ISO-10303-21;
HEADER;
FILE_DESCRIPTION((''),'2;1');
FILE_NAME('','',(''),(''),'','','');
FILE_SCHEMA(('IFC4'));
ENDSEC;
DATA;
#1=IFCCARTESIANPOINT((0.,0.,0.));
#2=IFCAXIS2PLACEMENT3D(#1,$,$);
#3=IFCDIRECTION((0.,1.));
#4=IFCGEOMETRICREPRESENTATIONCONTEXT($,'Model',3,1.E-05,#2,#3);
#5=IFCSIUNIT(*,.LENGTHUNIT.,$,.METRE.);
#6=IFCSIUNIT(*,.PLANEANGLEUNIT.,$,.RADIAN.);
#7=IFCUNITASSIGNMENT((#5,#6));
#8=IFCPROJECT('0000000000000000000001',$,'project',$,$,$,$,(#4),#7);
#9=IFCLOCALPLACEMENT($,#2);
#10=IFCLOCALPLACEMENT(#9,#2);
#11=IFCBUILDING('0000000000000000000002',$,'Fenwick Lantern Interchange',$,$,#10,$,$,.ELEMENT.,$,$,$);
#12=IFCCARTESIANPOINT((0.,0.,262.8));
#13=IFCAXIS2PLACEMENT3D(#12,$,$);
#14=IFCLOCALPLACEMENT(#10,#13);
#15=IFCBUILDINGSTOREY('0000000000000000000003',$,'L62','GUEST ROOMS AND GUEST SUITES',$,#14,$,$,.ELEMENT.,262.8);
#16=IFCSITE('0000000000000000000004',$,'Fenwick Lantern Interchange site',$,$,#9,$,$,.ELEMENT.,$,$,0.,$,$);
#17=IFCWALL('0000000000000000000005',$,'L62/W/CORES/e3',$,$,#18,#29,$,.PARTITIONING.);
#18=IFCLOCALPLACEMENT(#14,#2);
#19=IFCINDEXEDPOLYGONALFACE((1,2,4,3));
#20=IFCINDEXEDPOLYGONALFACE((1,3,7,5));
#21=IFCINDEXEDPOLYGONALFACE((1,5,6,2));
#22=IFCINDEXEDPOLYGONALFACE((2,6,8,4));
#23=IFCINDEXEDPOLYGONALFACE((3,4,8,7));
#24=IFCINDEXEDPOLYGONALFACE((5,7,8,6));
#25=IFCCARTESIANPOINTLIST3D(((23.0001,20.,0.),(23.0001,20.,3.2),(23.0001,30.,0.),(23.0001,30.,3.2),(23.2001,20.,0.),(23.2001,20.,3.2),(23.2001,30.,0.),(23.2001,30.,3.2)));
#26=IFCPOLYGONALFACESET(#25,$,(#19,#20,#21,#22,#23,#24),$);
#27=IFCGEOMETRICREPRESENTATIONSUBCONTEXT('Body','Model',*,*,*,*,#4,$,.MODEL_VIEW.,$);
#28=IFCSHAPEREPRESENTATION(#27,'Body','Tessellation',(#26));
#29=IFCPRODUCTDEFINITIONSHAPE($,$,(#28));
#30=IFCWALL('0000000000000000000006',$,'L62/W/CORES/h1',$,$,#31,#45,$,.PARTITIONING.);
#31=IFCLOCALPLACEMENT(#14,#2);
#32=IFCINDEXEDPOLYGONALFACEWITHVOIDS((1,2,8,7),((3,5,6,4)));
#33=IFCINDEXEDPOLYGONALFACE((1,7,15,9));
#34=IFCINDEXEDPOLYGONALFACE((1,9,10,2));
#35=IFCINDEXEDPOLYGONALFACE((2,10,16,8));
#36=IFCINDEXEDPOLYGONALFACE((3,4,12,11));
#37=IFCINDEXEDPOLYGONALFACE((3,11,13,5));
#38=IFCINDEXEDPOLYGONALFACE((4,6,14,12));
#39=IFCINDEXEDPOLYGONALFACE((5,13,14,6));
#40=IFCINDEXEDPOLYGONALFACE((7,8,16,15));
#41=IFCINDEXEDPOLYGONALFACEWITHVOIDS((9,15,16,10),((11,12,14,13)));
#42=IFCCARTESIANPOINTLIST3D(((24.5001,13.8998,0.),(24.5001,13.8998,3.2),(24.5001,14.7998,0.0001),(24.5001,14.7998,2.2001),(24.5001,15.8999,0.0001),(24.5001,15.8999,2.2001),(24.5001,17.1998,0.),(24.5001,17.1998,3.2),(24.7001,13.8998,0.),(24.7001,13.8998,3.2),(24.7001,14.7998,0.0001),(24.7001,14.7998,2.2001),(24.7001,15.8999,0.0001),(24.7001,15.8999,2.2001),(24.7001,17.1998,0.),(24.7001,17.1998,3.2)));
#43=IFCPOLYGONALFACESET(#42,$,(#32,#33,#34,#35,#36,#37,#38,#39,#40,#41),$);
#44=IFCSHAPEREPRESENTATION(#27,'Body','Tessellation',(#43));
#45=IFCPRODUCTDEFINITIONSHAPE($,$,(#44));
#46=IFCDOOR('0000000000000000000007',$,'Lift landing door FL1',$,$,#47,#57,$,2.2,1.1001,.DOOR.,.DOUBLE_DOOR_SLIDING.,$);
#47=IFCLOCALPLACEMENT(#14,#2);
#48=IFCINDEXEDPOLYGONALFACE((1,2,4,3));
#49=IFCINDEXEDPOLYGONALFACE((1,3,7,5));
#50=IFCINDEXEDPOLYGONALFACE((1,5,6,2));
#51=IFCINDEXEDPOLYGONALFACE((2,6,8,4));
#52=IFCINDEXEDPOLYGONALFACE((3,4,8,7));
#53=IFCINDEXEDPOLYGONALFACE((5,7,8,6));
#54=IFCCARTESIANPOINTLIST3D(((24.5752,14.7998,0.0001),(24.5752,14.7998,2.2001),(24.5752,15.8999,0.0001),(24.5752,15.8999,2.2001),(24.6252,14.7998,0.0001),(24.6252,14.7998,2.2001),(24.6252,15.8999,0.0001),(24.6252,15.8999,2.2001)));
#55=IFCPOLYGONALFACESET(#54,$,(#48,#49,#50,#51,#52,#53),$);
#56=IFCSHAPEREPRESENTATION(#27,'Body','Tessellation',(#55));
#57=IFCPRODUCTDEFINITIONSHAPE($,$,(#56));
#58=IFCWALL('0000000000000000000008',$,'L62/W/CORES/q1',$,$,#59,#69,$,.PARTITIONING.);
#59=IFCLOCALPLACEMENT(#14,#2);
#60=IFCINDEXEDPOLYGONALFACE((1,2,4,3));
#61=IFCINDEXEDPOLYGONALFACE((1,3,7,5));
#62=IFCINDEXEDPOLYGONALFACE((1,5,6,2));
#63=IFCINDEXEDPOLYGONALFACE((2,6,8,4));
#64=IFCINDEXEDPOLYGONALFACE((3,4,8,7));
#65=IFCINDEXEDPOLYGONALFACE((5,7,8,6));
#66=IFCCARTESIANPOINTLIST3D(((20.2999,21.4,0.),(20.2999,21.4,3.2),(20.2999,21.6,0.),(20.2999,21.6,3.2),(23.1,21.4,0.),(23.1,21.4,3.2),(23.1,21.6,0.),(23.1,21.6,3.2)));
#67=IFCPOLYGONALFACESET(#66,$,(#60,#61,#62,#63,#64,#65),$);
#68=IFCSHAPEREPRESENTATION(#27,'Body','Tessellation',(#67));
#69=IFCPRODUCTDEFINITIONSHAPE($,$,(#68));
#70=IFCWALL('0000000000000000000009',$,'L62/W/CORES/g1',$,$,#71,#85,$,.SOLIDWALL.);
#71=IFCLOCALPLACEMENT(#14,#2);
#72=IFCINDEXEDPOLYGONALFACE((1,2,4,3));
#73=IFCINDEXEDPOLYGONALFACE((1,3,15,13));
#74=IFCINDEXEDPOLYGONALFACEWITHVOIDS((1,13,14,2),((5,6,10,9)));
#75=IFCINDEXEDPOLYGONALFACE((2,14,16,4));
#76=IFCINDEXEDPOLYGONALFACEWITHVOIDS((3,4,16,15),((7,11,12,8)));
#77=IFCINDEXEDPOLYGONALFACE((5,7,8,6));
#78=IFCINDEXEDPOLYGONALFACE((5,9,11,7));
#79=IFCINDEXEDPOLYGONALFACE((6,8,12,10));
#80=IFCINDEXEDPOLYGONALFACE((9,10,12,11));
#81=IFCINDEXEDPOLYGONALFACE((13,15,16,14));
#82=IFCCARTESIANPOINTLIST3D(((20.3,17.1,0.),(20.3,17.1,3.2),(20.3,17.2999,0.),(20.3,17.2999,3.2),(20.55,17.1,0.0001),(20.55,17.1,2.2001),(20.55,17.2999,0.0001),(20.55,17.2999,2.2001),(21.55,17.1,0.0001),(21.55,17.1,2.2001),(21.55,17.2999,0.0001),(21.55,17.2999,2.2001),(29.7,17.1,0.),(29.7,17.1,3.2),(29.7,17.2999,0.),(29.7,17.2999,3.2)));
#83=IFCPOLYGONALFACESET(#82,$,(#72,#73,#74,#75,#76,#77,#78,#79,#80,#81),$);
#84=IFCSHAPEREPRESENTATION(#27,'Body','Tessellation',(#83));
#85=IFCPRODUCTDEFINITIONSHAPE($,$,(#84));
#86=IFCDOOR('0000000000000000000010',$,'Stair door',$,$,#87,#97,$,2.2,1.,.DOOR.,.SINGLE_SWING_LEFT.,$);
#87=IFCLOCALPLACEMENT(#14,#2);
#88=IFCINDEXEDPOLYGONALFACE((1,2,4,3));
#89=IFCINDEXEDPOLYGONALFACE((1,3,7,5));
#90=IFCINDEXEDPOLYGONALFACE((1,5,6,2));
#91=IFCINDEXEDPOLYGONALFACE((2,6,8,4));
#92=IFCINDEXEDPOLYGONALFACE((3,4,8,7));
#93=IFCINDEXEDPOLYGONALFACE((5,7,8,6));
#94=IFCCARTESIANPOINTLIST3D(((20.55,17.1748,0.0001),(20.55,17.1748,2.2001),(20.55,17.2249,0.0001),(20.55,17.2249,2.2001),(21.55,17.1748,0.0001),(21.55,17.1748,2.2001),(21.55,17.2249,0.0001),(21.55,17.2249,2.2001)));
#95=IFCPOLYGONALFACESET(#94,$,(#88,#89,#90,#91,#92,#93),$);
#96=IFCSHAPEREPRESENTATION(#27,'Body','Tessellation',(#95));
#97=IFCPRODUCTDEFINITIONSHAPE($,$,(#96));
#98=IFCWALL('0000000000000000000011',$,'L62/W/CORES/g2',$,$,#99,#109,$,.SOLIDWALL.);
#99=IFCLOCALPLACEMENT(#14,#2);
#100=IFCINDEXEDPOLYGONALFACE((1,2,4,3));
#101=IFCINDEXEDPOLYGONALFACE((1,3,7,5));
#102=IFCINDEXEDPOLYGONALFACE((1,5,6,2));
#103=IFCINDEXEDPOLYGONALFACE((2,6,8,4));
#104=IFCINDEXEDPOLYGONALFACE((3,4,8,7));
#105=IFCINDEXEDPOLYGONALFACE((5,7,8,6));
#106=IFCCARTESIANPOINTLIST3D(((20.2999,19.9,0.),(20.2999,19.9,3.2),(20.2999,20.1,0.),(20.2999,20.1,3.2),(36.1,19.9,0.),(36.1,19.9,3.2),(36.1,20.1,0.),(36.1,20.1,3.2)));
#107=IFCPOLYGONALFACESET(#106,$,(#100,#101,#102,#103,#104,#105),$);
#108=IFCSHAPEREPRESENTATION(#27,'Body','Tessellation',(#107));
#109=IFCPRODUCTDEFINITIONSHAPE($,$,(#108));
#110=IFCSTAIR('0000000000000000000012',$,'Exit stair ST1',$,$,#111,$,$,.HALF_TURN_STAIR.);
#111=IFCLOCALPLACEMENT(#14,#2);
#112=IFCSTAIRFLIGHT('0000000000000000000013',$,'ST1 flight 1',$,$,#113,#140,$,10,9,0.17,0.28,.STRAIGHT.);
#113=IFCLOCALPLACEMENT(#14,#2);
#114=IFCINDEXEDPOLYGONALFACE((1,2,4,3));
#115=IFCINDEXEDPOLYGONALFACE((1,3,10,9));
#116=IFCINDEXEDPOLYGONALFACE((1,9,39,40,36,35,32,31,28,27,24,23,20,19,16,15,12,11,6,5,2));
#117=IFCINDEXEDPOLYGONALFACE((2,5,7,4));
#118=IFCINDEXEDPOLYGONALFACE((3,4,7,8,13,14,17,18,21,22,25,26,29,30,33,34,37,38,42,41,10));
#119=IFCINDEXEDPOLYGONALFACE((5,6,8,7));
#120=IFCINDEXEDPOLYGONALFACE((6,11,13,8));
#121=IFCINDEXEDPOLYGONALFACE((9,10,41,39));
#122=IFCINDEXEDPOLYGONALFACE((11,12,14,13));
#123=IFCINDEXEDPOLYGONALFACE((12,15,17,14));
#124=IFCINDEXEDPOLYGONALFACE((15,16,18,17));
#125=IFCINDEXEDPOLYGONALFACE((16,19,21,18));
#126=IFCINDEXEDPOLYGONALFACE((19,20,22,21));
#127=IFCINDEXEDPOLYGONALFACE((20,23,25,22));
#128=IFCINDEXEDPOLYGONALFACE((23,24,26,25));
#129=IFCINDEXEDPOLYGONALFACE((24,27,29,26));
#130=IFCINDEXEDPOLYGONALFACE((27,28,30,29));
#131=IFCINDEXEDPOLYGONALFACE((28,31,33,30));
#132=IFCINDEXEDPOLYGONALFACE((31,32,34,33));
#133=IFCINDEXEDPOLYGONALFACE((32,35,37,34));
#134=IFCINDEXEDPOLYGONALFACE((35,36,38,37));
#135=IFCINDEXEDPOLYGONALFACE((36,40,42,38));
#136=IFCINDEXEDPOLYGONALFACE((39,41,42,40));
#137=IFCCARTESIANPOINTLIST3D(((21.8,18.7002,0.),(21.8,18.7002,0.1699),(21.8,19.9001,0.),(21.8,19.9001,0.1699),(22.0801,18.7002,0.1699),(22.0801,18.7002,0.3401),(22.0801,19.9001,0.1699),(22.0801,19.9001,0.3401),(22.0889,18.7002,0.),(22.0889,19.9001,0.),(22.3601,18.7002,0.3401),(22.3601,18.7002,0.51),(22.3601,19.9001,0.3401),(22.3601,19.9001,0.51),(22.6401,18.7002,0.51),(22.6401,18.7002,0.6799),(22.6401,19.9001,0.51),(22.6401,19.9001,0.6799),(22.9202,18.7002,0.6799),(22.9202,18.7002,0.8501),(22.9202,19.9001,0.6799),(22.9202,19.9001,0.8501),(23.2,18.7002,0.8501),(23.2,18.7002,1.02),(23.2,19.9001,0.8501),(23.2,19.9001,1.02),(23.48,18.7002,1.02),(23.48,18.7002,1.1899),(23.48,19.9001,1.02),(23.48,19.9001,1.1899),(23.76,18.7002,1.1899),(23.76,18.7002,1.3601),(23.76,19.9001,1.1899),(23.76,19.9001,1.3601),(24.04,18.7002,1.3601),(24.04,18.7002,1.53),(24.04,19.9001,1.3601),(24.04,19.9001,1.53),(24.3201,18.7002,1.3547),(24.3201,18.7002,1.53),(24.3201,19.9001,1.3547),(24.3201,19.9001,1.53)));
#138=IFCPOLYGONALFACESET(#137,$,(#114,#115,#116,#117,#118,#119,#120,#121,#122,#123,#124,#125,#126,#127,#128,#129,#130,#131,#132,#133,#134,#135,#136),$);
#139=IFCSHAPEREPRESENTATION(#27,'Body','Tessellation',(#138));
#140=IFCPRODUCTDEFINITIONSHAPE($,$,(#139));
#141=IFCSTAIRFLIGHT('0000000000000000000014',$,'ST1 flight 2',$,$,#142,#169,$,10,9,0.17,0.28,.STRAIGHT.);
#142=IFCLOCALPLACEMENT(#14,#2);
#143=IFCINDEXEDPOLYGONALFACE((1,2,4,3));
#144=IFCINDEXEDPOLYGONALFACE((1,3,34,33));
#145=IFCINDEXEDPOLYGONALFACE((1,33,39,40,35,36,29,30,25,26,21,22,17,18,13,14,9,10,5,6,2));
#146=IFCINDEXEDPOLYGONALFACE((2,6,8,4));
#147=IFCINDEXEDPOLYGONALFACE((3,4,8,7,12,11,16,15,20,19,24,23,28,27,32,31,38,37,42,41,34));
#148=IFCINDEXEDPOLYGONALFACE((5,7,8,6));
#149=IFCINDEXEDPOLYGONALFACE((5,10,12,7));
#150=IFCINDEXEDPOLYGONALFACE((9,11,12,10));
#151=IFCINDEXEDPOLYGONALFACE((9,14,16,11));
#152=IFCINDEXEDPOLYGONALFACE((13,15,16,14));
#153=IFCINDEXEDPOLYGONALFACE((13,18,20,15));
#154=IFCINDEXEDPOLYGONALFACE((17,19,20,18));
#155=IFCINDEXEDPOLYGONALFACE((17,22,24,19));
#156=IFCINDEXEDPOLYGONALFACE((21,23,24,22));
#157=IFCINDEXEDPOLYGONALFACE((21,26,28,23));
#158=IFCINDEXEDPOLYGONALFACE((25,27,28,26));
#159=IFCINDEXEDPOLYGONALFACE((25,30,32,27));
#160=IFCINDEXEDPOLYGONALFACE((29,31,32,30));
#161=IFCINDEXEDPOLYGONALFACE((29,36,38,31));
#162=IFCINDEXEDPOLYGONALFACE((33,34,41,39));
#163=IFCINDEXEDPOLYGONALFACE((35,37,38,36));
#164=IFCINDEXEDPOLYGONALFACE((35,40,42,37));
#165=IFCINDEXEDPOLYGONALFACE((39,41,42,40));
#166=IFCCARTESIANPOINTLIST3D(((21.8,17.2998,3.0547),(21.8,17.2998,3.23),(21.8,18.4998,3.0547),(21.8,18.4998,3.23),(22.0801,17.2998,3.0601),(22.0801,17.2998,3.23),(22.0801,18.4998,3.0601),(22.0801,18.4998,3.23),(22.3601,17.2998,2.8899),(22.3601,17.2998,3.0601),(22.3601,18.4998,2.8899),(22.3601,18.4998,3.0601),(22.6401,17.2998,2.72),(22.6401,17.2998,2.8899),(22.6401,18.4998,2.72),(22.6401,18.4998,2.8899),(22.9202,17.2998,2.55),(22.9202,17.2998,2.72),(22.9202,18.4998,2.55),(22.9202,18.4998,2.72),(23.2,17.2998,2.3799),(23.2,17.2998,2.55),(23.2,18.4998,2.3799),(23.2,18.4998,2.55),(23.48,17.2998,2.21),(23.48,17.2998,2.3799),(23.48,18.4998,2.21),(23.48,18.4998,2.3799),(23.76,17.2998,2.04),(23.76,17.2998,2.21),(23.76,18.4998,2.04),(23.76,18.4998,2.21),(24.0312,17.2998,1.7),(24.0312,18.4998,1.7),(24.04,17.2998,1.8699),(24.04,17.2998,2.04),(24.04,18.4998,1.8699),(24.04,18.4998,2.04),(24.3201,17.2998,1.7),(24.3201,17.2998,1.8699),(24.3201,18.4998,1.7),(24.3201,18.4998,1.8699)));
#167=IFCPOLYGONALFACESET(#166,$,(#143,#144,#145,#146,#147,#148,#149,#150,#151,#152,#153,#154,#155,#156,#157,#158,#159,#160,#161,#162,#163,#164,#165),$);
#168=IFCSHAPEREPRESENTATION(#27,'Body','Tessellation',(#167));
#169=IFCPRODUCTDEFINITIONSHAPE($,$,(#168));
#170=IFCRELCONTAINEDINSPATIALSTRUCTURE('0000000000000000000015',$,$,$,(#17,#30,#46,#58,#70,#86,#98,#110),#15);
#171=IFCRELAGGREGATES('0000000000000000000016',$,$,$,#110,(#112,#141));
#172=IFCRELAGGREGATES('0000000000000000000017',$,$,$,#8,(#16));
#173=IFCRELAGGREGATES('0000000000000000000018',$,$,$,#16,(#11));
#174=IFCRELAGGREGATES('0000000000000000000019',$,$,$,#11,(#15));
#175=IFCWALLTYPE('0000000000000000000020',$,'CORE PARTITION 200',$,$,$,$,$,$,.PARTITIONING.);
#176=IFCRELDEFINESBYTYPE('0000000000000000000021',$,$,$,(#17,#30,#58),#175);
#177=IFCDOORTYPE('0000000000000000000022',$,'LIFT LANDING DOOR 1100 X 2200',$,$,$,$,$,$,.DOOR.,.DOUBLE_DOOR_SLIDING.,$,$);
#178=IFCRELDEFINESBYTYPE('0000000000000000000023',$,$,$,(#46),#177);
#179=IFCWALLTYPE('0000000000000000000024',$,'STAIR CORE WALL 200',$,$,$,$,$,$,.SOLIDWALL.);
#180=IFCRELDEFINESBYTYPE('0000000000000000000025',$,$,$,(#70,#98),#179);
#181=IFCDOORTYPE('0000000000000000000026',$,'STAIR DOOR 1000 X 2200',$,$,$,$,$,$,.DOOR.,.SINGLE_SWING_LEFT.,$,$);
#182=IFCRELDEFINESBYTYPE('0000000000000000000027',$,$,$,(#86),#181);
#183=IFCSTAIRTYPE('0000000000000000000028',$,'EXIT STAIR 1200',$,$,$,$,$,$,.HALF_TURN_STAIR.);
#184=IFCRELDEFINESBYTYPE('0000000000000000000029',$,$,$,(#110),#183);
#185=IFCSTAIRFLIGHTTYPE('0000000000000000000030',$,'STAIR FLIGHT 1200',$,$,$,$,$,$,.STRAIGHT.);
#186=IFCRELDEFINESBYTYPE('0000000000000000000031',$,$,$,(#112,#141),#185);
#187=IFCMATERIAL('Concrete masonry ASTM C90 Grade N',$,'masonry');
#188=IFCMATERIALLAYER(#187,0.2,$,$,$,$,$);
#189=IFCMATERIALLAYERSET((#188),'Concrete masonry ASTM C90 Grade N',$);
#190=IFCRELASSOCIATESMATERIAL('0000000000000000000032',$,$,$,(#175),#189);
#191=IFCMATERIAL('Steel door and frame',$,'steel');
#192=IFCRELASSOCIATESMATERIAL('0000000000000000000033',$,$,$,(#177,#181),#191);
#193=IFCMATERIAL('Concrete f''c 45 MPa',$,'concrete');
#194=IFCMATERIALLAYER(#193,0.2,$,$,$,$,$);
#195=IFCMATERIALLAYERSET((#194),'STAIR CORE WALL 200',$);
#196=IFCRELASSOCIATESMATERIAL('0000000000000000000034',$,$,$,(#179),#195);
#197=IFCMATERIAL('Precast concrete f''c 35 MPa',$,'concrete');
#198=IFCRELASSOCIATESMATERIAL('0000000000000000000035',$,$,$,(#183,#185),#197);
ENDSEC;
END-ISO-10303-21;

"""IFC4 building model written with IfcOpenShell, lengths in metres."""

from ifc_helpers import new_model, si_unit, direction, frame, frame_2d, origin, place, context, subcontext, project, spatial, polyline, rectangle, outline, extrude, material, layer, layer_set, type_object, element, fill, aggregate, save


model = new_model("IFC4")

# Units and contexts
model_context = context("Model", 3, precision=1e-05, world=origin(), true_north=direction((0.0, 1.0)))
body_context = subcontext(model_context, "Body", "Model", "MODEL_VIEW")
ifc_project = project(units=[si_unit("LENGTHUNIT", "METRE"), si_unit("PLANEANGLEUNIT", "RADIAN")], contexts=[model_context])

# Site, building, storey
site_placement = place(None, origin())
site = spatial("IfcSite", under=ifc_project, at=site_placement, Name="Fenwick Lantern Interchange site", CompositionType="ELEMENT", RefElevation=0.0)
building_placement = place(site_placement, origin())
building = spatial("IfcBuilding", under=site, at=building_placement, Name="Fenwick Lantern Interchange", CompositionType="ELEMENT")
storey_placement = place(building_placement, frame((0.0, 0.0, 262.8)))
storey = spatial("IfcBuildingStorey", under=building, at=storey_placement, Name="L62", Description="GUEST ROOMS AND GUEST SUITES", CompositionType="ELEMENT", Elevation=262.8)

# Wall
ifc_material_1 = material(Name="Concrete masonry ASTM C90 Grade N", Category="masonry")
ifc_layer_1 = layer(ifc_material_1, 0.2)
ifc_layer_set_1 = layer_set([ifc_layer_1], Name="Concrete masonry ASTM C90 Grade N")
wall_type_1 = type_object("IfcWallType", Name="CORE PARTITION 200", PredefinedType="PARTITIONING", material=ifc_layer_set_1)
wall_1_placement = place(storey_placement, frame((23.1001, 20.0, 0.0), z_axis=(0.0, 0.0, 1.0), x_axis=(0.0, 1.0, 0.0)))
element("IfcWall", 1, at=wall_1_placement, inside=storey, type_object=wall_type_1, Name="L62/W/CORES/e3", PredefinedType="PARTITIONING", context=body_context, shape_type="SweptSolid", body=[
    extrude(rectangle(XDim=10.0, YDim=0.2, at=frame_2d((5.0, 0.0))), origin(), (0.0, 0.0, 1.0), 3.2),
])

# Wall, opening, door
wall_2_placement = place(storey_placement, frame((24.6001, 13.8999, 0.0), z_axis=(0.0, 0.0, 1.0), x_axis=(0.0, 1.0, 0.0)))
wall_2 = element("IfcWall", 2, at=wall_2_placement, inside=storey, type_object=wall_type_1, Name="L62/W/CORES/h1", PredefinedType="PARTITIONING", context=body_context, shape_type="SweptSolid", body=[
    extrude(rectangle(XDim=3.3, YDim=0.2, at=frame_2d((1.6499, 0.0))), origin(), (0.0, 0.0, 1.0), 3.2),
])
opening_1_placement = place(wall_2_placement, frame((0.8999, 0.0, 0.0)))
opening_1 = element("IfcOpeningElement", 3, at=opening_1_placement, cuts=wall_2, PredefinedType="OPENING", context=body_context, shape_type="SweptSolid", body=[
    extrude(rectangle(XDim=1.1001, YDim=2.2, at=frame_2d((0.55, 1.1001))), frame((0.0, 0.1099, 0.0), z_axis=(0.0, -1.0, 0.0), x_axis=(1.0, 0.0, 0.0)), (0.0, 0.0, 1.0), 0.22),
])
ifc_material_2 = material(Name="Steel door and frame", Category="steel")
door_type_1 = type_object("IfcDoorType", Name="LIFT LANDING DOOR 1100 X 2200", OperationType="DOUBLE_DOOR_SLIDING", PredefinedType="DOOR", material=ifc_material_2)
door_1_placement = place(opening_1_placement, origin())
door_1 = element("IfcDoor", 4, at=door_1_placement, inside=storey, type_object=door_type_1, Name="Lift landing door FL1", OperationType="DOUBLE_DOOR_SLIDING", OverallHeight=2.2, OverallWidth=1.1001, PredefinedType="DOOR", context=body_context, shape_type="SweptSolid", body=[
    extrude(rectangle(XDim=1.1001, YDim=2.2, at=frame_2d((0.55, 1.1001))), frame((0.0, 0.0249, 0.0), z_axis=(0.0, -1.0, 0.0), x_axis=(1.0, 0.0, 0.0)), (0.0, 0.0, 1.0), 0.05),
])
fill(opening_1, door_1)

# Wall
wall_3_placement = place(storey_placement, frame((20.3, 21.5, 0.0), z_axis=(0.0, 0.0, 1.0), x_axis=(1.0, 0.0, 0.0)))
element("IfcWall", 5, at=wall_3_placement, inside=storey, type_object=wall_type_1, Name="L62/W/CORES/q1", PredefinedType="PARTITIONING", context=body_context, shape_type="SweptSolid", body=[
    extrude(rectangle(XDim=2.8, YDim=0.2, at=frame_2d((1.3999, 0.0))), origin(), (0.0, 0.0, 1.0), 3.2),
])

# Wall, opening, door
ifc_material_3 = material(Name="Concrete f'c 45 MPa", Category="concrete")
ifc_layer_2 = layer(ifc_material_3, 0.2)
ifc_layer_set_2 = layer_set([ifc_layer_2], Name="STAIR CORE WALL 200")
wall_type_2 = type_object("IfcWallType", Name="STAIR CORE WALL 200", PredefinedType="SOLIDWALL", material=ifc_layer_set_2)
wall_4_placement = place(storey_placement, frame((20.3, 17.2, 0.0), z_axis=(0.0, 0.0, 1.0), x_axis=(1.0, 0.0, 0.0)))
wall_4 = element("IfcWall", 6, at=wall_4_placement, inside=storey, type_object=wall_type_2, Name="L62/W/CORES/g1", PredefinedType="SOLIDWALL", context=body_context, shape_type="SweptSolid", body=[
    extrude(rectangle(XDim=9.3999, YDim=0.2, at=frame_2d((4.7, 0.0))), origin(), (0.0, 0.0, 1.0), 3.2),
])
opening_2_placement = place(wall_4_placement, frame((0.25, 0.0, 0.0)))
opening_2 = element("IfcOpeningElement", 7, at=opening_2_placement, cuts=wall_4, PredefinedType="OPENING", context=body_context, shape_type="SweptSolid", body=[
    extrude(rectangle(XDim=1.0, YDim=2.2, at=frame_2d((0.5, 1.1001))), frame((0.0, 0.1099, 0.0), z_axis=(0.0, -1.0, 0.0), x_axis=(1.0, 0.0, 0.0)), (0.0, 0.0, 1.0), 0.22),
])
door_type_2 = type_object("IfcDoorType", Name="STAIR DOOR 1000 X 2200", OperationType="SINGLE_SWING_LEFT", PredefinedType="DOOR", material=ifc_material_2)
door_2_placement = place(opening_2_placement, origin())
door_2 = element("IfcDoor", 8, at=door_2_placement, inside=storey, type_object=door_type_2, Name="Stair door", OperationType="SINGLE_SWING_LEFT", OverallHeight=2.2, OverallWidth=1.0, PredefinedType="DOOR", context=body_context, shape_type="SweptSolid", body=[
    extrude(rectangle(XDim=1.0, YDim=2.2, at=frame_2d((0.5, 1.1001))), frame((0.0, 0.0249, 0.0), z_axis=(0.0, -1.0, 0.0), x_axis=(1.0, 0.0, 0.0)), (0.0, 0.0, 1.0), 0.05),
])
fill(opening_2, door_2)

# Wall
wall_5_placement = place(storey_placement, frame((20.3, 20.0, 0.0), z_axis=(0.0, 0.0, 1.0), x_axis=(1.0, 0.0, 0.0)))
element("IfcWall", 9, at=wall_5_placement, inside=storey, type_object=wall_type_2, Name="L62/W/CORES/g2", PredefinedType="SOLIDWALL", context=body_context, shape_type="SweptSolid", body=[
    extrude(rectangle(XDim=15.8, YDim=0.2, at=frame_2d((7.8999, 0.0))), origin(), (0.0, 0.0, 1.0), 3.2),
])

# Stair, stair flights
ifc_material_4 = material(Name="Precast concrete f'c 35 MPa", Category="concrete")
stair_type = type_object("IfcStairType", Name="EXIT STAIR 1200", PredefinedType="HALF_TURN_STAIR", material=ifc_material_4)
stair_placement = place(storey_placement, origin())
stair = element("IfcStair", 10, at=stair_placement, inside=storey, type_object=stair_type, Name="Exit stair ST1", PredefinedType="HALF_TURN_STAIR")
stair_flight_type = type_object("IfcStairFlightType", Name="STAIR FLIGHT 1200", PredefinedType="STRAIGHT", material=ifc_material_4)
stair_flight_1_placement = place(storey_placement, frame((21.8, 19.3, 0.0), z_axis=(0.0, 0.0, 1.0), x_axis=(1.0, 0.0, 0.0)))
stair_flight_1 = element("IfcStairFlight", 11, at=stair_flight_1_placement, type_object=stair_flight_type, Name="ST1 flight 1", NumberOfRisers=10, NumberOfTreads=9, PredefinedType="STRAIGHT", RiserHeight=0.17, TreadLength=0.28, context=body_context, shape_type="SweptSolid", body=[
    extrude(outline(polyline([(0.0, 0.0), (0.0, 0.1699), (0.28, 0.1699), (0.28, 0.3401), (0.5601, 0.3401), (0.5601, 0.51), (0.8401, 0.51), (0.8401, 0.6799), (1.1201, 0.6799), (1.1201, 0.8501), (1.3999, 0.8501), (1.3999, 1.02), (1.6799, 1.02), (1.6799, 1.1899), (1.96, 1.1899), (1.96, 1.3601), (2.24, 1.3601), (2.24, 1.53), (2.52, 1.53), (2.52, 1.7), (2.52, 1.3547), (0.2888, 0.0), (0.0, 0.0)])), frame((0.0, 0.6001, 0.0), z_axis=(0.0, -1.0, 0.0), x_axis=(1.0, 0.0, 0.0)), (0.0, 0.0, 1.0), 1.2),
])
stair_flight_2_placement = place(storey_placement, frame((24.3201, 17.8999, 1.7), z_axis=(0.0, 0.0, 1.0), x_axis=(-1.0, 0.0, 0.0)))
stair_flight_2 = element("IfcStairFlight", 12, at=stair_flight_2_placement, type_object=stair_flight_type, Name="ST1 flight 2", NumberOfRisers=10, NumberOfTreads=9, PredefinedType="STRAIGHT", RiserHeight=0.17, TreadLength=0.28, context=body_context, shape_type="SweptSolid", body=[
    extrude(outline(polyline([(0.0, 0.0), (0.0, 0.1699), (0.28, 0.1699), (0.28, 0.3401), (0.5601, 0.3401), (0.5601, 0.51), (0.8401, 0.51), (0.8401, 0.6799), (1.1201, 0.6799), (1.1201, 0.8501), (1.3999, 0.8501), (1.3999, 1.02), (1.6799, 1.02), (1.6799, 1.1899), (1.96, 1.1899), (1.96, 1.3601), (2.24, 1.3601), (2.24, 1.53), (2.52, 1.53), (2.52, 1.7), (2.52, 1.3547), (0.2888, 0.0), (0.0, 0.0)])), frame((0.0, 0.6001, 0.0), z_axis=(0.0, -1.0, 0.0), x_axis=(1.0, 0.0, 0.0)), (0.0, 0.0, 1.0), 1.2),
])
aggregate(stair, [stair_flight_1, stair_flight_2])

save(model, "model.ifc")
